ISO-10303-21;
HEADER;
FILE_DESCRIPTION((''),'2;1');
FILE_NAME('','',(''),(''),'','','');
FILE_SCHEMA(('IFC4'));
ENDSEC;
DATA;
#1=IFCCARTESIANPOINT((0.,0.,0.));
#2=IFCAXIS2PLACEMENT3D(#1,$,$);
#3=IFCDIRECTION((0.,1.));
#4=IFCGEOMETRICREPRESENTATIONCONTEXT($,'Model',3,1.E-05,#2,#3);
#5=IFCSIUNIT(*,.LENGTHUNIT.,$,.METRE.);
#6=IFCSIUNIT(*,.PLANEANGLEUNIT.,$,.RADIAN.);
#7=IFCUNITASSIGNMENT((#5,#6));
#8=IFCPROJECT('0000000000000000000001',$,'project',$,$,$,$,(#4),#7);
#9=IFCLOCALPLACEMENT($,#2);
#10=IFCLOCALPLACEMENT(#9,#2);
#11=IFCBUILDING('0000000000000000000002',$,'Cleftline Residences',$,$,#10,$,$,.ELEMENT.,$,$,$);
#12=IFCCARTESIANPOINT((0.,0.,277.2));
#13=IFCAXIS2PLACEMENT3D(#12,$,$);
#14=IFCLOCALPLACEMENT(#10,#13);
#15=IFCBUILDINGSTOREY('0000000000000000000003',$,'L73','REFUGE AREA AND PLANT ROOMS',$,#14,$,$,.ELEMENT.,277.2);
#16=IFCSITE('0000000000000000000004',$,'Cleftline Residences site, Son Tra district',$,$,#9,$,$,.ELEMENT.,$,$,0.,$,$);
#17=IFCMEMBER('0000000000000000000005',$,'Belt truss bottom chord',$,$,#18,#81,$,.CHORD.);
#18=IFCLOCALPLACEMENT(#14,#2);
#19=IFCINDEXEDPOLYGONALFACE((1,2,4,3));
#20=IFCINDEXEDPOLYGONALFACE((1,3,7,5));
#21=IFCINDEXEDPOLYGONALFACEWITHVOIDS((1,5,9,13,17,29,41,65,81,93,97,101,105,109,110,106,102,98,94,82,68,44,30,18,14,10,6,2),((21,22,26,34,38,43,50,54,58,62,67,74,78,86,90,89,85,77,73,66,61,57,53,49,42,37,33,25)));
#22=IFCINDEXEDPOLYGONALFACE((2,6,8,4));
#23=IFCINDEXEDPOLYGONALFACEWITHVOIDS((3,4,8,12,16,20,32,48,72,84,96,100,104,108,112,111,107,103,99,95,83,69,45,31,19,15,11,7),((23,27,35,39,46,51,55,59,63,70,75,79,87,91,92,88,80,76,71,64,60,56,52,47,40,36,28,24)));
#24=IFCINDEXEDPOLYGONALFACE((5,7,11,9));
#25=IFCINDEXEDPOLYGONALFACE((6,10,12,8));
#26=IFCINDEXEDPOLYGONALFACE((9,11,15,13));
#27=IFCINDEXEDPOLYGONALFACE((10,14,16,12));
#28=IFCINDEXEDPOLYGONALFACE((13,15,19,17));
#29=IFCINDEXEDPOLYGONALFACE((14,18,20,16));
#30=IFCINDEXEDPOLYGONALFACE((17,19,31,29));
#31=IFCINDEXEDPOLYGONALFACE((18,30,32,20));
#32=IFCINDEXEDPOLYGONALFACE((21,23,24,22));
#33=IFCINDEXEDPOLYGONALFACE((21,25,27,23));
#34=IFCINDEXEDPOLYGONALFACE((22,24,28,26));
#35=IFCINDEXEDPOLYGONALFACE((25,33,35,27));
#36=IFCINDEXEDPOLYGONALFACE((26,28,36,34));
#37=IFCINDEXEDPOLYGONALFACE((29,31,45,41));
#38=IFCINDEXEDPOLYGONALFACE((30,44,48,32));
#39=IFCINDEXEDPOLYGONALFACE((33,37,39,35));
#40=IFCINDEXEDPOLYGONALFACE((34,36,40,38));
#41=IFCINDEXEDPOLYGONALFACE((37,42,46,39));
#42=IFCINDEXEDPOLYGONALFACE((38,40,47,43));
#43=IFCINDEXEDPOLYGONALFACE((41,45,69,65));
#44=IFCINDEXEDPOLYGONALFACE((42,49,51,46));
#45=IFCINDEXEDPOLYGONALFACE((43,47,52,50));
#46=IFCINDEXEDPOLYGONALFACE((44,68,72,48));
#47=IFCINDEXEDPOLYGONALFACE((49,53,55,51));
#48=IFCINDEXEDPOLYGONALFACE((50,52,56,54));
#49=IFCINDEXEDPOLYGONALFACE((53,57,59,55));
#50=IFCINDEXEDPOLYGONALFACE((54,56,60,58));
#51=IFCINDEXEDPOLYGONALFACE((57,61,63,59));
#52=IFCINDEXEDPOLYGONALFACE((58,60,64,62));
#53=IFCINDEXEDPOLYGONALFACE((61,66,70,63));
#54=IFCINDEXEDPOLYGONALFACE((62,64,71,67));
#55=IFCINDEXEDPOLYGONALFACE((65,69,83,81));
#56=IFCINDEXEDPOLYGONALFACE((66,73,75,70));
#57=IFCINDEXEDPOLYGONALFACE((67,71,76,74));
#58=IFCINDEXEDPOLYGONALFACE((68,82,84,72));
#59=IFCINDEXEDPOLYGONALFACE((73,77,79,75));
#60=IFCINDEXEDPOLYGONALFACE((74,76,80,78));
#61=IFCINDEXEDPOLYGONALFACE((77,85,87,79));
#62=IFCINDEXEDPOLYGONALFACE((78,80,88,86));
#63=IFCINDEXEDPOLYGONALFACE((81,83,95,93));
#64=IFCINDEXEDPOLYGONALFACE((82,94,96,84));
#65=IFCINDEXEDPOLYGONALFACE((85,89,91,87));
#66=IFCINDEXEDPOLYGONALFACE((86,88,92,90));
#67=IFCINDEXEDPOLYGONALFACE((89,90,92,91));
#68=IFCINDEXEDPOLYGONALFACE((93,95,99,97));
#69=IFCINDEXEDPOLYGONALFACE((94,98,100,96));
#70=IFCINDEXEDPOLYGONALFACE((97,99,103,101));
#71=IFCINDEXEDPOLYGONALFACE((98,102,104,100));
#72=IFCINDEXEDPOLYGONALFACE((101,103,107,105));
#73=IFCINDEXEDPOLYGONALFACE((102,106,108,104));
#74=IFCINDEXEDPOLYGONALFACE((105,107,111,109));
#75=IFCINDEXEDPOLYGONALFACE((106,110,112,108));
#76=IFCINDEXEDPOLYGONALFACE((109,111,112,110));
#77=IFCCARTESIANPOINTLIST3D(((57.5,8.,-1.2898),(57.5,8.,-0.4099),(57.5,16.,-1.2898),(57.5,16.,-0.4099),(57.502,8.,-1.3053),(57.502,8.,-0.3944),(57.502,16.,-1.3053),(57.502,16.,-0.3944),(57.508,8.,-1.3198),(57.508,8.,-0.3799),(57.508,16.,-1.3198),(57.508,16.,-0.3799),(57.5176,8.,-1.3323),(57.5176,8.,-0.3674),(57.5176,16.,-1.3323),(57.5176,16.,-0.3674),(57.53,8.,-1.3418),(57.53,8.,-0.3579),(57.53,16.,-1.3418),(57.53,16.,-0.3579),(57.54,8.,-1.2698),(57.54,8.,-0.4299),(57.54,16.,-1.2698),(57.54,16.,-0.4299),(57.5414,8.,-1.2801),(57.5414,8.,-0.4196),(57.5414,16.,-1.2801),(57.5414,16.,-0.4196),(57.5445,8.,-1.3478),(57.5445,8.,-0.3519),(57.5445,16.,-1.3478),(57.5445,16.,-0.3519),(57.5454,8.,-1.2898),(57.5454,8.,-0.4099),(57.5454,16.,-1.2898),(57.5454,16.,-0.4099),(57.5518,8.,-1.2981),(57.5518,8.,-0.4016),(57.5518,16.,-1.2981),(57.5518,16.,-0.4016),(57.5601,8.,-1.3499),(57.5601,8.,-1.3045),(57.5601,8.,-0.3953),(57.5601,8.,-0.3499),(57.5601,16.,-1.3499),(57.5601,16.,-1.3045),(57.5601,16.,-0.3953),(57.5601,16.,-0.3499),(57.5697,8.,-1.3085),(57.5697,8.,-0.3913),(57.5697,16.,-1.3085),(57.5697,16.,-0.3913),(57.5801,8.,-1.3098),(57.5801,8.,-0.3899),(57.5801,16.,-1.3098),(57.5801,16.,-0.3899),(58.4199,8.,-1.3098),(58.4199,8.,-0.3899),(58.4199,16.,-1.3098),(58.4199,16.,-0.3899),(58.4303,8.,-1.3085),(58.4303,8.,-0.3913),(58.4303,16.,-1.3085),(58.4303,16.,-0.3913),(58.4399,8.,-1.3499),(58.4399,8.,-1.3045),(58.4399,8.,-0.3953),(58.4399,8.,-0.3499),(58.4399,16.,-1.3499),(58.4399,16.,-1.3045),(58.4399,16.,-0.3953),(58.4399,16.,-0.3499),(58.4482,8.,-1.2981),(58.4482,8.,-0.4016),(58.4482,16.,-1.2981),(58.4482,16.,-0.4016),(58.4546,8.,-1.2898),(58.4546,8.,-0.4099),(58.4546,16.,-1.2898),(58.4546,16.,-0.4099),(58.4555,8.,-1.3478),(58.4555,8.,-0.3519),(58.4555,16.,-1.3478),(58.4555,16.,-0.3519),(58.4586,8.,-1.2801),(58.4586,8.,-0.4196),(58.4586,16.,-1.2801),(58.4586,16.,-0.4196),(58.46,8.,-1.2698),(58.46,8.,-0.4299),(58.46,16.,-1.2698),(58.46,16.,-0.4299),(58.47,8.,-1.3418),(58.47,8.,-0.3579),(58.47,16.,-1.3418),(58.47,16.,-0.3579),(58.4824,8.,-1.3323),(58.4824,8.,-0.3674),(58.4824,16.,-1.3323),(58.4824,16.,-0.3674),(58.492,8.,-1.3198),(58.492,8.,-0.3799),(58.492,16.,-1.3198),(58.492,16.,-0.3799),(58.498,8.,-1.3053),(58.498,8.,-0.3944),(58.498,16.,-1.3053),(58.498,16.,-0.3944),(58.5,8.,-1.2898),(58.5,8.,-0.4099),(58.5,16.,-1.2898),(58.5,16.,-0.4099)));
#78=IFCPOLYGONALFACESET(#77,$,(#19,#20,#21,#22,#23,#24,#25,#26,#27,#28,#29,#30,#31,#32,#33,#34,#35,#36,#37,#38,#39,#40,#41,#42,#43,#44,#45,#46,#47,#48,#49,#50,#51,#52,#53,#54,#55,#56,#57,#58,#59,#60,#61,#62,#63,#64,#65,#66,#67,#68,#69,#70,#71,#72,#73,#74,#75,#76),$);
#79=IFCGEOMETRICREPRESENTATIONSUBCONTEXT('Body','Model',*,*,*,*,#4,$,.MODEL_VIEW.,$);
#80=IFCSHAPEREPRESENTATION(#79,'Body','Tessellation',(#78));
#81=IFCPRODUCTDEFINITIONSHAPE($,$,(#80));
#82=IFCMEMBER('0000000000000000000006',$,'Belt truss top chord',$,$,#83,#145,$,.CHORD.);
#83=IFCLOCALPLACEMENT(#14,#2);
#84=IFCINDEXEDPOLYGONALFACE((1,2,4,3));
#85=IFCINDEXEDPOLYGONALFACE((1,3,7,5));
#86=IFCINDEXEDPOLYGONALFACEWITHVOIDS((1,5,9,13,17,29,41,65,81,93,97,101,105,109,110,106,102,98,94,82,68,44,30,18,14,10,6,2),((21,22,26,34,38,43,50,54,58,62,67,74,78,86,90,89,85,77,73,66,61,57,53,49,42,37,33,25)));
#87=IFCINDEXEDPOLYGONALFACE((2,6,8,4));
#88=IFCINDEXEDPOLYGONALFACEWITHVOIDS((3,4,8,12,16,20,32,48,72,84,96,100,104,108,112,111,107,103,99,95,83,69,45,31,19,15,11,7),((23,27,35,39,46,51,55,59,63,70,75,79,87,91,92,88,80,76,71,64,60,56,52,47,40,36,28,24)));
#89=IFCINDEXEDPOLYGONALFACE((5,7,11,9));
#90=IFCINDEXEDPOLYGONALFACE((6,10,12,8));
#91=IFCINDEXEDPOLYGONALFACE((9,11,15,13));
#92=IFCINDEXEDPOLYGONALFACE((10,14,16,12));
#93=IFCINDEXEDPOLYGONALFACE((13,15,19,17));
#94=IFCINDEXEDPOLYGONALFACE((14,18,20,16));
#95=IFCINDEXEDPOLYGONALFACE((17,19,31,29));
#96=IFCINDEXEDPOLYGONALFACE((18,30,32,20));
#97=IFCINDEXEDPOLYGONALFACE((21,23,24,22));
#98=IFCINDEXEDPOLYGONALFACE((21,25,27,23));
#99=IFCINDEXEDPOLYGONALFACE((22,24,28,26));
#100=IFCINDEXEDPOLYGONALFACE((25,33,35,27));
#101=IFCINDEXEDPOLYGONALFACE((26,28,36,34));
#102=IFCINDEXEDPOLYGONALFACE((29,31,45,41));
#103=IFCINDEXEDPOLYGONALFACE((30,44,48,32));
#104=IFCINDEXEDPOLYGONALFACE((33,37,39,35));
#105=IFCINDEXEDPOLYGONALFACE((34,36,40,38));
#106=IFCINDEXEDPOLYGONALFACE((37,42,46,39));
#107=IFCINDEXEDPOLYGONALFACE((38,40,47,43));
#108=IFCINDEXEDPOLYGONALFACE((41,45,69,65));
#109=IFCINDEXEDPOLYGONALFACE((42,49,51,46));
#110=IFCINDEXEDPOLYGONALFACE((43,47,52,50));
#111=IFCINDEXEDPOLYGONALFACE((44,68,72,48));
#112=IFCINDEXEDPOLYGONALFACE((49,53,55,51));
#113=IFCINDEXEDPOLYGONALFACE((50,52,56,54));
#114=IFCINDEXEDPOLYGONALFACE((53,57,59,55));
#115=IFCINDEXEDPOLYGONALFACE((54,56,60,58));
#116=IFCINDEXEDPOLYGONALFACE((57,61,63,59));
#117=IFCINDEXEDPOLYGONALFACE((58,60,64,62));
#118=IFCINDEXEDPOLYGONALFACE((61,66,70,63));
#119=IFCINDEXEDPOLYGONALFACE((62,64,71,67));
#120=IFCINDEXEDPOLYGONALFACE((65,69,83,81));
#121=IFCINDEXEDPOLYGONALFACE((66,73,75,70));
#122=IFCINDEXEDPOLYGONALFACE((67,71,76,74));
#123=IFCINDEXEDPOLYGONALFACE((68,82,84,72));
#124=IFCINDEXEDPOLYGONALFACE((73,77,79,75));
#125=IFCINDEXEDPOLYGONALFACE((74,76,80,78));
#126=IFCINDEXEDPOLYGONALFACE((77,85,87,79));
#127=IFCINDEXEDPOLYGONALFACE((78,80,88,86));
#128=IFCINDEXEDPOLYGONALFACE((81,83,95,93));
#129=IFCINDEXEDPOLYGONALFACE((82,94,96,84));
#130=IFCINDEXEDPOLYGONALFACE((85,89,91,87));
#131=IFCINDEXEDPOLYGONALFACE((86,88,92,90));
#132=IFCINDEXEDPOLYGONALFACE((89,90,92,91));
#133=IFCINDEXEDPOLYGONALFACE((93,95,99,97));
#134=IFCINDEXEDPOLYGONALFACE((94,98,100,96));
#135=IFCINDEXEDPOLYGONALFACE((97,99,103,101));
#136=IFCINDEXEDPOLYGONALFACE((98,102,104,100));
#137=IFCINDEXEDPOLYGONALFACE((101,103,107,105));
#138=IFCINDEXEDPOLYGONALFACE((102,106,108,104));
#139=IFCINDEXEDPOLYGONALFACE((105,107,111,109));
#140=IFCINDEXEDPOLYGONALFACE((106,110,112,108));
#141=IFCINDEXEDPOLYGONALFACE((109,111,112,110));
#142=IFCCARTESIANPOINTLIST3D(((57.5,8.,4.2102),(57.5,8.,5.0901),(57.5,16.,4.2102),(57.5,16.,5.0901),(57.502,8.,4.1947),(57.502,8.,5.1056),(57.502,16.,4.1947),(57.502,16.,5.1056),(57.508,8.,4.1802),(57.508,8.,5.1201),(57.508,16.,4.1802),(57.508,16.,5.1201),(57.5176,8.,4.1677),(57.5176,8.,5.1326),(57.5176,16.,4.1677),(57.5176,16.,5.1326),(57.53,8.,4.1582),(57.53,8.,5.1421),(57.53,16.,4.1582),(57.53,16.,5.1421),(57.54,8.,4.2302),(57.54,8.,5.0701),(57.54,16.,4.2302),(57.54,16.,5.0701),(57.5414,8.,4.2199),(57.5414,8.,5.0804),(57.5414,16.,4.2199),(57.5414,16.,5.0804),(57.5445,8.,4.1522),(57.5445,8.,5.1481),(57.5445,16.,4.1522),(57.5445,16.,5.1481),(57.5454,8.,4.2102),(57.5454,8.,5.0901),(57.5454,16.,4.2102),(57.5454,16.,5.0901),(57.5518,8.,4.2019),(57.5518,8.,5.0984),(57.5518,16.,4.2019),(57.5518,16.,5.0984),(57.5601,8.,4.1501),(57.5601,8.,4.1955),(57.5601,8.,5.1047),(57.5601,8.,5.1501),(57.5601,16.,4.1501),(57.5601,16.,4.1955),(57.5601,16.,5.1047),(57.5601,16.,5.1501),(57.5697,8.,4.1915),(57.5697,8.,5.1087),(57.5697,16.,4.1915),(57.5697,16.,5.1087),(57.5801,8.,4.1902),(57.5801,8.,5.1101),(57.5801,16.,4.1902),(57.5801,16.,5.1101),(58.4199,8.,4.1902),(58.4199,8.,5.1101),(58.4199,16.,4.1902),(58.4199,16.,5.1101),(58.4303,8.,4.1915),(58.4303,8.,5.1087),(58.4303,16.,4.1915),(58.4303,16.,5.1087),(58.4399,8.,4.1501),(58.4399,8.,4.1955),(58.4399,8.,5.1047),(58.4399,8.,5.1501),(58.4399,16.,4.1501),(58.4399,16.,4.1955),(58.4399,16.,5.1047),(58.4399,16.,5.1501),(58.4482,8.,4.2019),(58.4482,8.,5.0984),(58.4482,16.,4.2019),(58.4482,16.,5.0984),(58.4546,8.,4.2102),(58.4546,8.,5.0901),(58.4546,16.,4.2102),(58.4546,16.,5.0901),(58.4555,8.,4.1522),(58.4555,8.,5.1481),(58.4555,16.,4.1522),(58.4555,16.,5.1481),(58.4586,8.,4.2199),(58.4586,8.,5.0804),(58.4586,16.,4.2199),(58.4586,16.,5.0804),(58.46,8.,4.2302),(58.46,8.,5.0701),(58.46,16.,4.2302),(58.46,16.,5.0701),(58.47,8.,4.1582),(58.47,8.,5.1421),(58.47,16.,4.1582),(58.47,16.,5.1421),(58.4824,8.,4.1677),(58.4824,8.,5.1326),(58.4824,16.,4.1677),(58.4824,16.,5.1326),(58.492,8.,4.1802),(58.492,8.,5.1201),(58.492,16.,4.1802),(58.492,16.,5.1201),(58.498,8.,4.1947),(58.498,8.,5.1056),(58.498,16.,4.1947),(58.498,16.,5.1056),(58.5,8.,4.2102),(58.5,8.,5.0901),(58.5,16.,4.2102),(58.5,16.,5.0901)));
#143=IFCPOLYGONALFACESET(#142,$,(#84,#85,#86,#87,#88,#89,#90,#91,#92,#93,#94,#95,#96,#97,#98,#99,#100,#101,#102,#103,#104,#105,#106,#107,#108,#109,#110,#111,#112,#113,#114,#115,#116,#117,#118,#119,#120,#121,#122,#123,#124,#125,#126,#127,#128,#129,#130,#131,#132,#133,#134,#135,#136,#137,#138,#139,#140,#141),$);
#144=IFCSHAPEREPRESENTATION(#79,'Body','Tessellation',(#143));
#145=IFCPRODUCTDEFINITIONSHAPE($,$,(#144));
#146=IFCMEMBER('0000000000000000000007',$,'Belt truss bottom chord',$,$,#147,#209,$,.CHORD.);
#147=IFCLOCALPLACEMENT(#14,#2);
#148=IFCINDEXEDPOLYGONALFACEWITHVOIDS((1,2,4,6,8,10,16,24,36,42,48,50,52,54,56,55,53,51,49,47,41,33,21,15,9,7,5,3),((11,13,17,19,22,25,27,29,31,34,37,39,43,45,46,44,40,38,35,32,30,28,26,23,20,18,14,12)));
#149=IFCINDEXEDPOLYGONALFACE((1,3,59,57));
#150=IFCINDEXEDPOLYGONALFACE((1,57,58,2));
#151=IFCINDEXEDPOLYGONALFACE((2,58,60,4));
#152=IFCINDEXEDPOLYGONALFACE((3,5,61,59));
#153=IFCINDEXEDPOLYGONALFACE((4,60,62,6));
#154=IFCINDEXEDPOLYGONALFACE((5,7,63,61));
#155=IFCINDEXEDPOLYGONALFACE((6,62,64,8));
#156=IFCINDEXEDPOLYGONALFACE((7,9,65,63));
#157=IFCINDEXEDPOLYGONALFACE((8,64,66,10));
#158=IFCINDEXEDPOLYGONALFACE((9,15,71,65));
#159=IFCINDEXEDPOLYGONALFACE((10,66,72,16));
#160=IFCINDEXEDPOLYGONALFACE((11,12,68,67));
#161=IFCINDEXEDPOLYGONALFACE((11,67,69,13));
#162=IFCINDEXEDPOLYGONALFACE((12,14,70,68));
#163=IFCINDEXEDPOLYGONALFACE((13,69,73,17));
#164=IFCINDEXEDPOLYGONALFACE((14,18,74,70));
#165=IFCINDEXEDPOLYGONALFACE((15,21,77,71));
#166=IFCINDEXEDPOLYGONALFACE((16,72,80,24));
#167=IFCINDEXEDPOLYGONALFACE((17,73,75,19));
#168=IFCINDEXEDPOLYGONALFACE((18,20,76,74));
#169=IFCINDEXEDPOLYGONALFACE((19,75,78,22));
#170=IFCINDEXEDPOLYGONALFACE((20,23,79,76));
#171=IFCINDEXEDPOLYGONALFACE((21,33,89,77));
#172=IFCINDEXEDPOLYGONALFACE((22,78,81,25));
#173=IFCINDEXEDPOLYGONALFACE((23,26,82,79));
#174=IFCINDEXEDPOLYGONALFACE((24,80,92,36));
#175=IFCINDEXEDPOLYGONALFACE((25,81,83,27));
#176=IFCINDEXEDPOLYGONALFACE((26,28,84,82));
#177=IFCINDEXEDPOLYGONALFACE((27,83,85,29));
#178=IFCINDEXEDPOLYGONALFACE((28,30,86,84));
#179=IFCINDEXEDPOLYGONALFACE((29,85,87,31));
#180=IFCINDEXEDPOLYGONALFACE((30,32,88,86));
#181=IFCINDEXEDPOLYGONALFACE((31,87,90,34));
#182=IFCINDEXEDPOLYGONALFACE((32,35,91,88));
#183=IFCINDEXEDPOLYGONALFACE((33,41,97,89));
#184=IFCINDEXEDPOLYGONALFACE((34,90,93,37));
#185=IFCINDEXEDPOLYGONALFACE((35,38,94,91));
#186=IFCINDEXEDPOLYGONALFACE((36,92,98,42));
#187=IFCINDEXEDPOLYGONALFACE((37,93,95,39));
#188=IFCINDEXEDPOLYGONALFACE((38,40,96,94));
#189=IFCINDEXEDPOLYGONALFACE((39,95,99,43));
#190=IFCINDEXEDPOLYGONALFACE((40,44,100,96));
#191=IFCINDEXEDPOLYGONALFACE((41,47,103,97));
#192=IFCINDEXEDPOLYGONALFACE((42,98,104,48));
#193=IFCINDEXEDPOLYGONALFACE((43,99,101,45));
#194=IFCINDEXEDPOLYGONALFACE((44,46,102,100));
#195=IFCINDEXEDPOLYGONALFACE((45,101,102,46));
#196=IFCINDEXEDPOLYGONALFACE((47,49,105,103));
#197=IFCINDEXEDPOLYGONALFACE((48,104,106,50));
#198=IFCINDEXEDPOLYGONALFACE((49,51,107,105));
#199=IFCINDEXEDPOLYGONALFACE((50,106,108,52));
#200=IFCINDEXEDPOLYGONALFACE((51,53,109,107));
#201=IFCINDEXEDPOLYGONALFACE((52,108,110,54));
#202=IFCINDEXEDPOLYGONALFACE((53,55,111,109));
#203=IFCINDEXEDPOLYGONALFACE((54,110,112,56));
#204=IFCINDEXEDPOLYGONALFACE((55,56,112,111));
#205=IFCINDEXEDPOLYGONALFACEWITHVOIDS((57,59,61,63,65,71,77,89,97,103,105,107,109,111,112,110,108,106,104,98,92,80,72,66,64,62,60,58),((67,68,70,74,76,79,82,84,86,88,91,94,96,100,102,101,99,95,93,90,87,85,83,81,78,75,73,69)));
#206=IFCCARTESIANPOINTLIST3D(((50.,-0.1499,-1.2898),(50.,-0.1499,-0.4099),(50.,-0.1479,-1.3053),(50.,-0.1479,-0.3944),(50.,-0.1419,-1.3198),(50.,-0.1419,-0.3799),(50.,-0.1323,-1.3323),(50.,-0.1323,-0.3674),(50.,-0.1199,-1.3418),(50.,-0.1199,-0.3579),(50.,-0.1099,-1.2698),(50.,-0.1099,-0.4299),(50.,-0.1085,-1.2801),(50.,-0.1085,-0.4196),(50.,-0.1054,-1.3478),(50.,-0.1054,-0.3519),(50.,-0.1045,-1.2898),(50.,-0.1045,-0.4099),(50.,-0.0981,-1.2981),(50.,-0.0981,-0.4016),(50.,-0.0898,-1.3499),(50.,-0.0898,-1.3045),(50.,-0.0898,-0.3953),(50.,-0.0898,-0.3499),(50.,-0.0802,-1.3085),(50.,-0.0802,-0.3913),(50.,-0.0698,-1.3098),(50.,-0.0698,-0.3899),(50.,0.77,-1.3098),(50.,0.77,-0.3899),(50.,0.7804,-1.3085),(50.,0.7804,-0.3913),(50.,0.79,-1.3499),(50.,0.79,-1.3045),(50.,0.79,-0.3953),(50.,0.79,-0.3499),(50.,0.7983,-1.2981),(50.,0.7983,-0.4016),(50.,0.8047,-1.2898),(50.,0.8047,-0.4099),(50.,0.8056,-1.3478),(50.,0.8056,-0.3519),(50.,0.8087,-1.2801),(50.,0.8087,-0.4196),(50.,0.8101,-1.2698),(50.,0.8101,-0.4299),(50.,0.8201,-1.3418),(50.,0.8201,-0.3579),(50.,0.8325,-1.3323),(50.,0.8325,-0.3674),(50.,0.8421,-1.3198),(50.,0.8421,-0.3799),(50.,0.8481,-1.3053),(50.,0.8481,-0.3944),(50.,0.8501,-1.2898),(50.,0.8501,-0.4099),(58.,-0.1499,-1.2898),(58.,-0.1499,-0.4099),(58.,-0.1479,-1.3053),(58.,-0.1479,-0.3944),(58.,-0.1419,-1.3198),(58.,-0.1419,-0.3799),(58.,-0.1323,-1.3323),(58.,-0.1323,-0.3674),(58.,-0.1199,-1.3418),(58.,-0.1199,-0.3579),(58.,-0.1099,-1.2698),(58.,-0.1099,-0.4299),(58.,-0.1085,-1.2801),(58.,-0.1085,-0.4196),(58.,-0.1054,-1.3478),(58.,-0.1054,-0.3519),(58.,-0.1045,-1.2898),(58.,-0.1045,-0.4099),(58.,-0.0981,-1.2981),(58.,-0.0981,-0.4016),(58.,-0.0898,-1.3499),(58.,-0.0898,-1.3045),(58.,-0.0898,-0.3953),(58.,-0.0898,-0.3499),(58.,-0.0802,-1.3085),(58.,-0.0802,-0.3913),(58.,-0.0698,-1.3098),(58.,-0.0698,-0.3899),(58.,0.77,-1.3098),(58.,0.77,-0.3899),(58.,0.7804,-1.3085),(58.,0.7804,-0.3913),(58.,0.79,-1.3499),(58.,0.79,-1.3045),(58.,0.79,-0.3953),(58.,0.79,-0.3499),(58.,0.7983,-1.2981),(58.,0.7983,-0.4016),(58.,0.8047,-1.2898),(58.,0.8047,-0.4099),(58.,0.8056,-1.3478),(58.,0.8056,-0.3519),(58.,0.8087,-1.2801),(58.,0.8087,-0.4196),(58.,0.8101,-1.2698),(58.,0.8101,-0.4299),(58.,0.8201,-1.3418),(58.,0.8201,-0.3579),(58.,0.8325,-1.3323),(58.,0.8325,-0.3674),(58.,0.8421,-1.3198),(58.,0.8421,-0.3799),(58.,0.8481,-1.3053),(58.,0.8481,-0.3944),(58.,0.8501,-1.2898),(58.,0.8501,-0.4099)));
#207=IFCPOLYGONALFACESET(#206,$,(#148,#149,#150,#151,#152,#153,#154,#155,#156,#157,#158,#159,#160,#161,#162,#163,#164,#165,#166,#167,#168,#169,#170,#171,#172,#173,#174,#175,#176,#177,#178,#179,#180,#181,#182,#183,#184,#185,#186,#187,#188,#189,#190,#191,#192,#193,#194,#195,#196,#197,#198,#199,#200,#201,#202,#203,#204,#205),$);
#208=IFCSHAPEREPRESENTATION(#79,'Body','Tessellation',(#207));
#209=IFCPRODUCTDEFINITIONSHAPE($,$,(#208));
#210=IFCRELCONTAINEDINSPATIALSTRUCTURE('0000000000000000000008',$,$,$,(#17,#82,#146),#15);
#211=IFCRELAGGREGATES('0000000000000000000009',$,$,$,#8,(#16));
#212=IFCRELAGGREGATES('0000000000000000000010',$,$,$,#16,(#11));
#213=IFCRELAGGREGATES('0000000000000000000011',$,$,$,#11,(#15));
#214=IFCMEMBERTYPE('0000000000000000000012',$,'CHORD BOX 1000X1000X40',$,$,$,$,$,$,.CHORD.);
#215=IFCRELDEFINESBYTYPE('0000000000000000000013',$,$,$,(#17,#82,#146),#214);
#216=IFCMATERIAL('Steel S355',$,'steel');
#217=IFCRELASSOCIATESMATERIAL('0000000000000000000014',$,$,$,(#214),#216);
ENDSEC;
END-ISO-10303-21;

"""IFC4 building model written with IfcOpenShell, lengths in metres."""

from ifc_helpers import new_model, si_unit, direction, frame, origin, origin_2d, place, context, subcontext, project, spatial, hollow_rectangle, extrude, material, material_profile, profile_set, type_object, element, save


model = new_model("IFC4")

# Units and contexts
model_context = context("Model", 3, precision=1e-05, world=origin(), true_north=direction((0.0, 1.0)))
body_context = subcontext(model_context, "Body", "Model", "MODEL_VIEW")
ifc_project = project(units=[si_unit("LENGTHUNIT", "METRE"), si_unit("PLANEANGLEUNIT", "RADIAN")], contexts=[model_context])

# Site, building, storey
site_placement = place(None, origin())
site = spatial("IfcSite", under=ifc_project, at=site_placement, Name="Cleftline Residences site, Son Tra district", CompositionType="ELEMENT", RefElevation=0.0)
building_placement = place(site_placement, origin())
building = spatial("IfcBuilding", under=site, at=building_placement, Name="Cleftline Residences", CompositionType="ELEMENT")
storey_placement = place(building_placement, frame((0.0, 0.0, 277.2)))
storey = spatial("IfcBuildingStorey", under=building, at=storey_placement, Name="L73", Description="REFUGE AREA AND PLANT ROOMS", CompositionType="ELEMENT", Elevation=277.2)

# Members
ifc_material_1 = material(Name="Steel S355", Category="steel")
ifc_material_profile_1 = material_profile(ifc_material_1, hollow_rectangle(XDim=1.0, YDim=1.0, WallThickness=0.04, InnerFilletRadius=0.04, OuterFilletRadius=0.0601, at=origin_2d()))
ifc_profile_set_1 = profile_set([ifc_material_profile_1], Name="Steel S355")
member_type_1 = type_object("IfcMemberType", Name="CHORD BOX 1000X1000X40", PredefinedType="CHORD", material=ifc_profile_set_1)
for number, where, z_axis, x_axis, name in (
    (1, (58.0, 8.0, -0.8499), (0.0, 1.0, 0.0), (-1.0, 0.0, 0.0), "Belt truss bottom chord"),
    (2, (58.0, 8.0, 4.6501), (0.0, 1.0, 0.0), (-1.0, 0.0, 0.0), "Belt truss top chord"),
    (3, (50.0, 0.3501, -0.8499), (1.0, 0.0, 0.0), (0.0, 1.0, 0.0), "Belt truss bottom chord"),
):
    element("IfcMember", number, at=place(storey_placement, frame(where, z_axis=z_axis, x_axis=x_axis)), inside=storey, type_object=member_type_1, Name=name, PredefinedType="CHORD", context=body_context, shape_type="SweptSolid", body=[
        extrude(hollow_rectangle(XDim=1.0, YDim=1.0, WallThickness=0.04, InnerFilletRadius=0.04, OuterFilletRadius=0.0601, at=origin_2d()), origin(), (0.0, 0.0, 1.0), 8.0),
    ])

save(model, "model.ifc")
